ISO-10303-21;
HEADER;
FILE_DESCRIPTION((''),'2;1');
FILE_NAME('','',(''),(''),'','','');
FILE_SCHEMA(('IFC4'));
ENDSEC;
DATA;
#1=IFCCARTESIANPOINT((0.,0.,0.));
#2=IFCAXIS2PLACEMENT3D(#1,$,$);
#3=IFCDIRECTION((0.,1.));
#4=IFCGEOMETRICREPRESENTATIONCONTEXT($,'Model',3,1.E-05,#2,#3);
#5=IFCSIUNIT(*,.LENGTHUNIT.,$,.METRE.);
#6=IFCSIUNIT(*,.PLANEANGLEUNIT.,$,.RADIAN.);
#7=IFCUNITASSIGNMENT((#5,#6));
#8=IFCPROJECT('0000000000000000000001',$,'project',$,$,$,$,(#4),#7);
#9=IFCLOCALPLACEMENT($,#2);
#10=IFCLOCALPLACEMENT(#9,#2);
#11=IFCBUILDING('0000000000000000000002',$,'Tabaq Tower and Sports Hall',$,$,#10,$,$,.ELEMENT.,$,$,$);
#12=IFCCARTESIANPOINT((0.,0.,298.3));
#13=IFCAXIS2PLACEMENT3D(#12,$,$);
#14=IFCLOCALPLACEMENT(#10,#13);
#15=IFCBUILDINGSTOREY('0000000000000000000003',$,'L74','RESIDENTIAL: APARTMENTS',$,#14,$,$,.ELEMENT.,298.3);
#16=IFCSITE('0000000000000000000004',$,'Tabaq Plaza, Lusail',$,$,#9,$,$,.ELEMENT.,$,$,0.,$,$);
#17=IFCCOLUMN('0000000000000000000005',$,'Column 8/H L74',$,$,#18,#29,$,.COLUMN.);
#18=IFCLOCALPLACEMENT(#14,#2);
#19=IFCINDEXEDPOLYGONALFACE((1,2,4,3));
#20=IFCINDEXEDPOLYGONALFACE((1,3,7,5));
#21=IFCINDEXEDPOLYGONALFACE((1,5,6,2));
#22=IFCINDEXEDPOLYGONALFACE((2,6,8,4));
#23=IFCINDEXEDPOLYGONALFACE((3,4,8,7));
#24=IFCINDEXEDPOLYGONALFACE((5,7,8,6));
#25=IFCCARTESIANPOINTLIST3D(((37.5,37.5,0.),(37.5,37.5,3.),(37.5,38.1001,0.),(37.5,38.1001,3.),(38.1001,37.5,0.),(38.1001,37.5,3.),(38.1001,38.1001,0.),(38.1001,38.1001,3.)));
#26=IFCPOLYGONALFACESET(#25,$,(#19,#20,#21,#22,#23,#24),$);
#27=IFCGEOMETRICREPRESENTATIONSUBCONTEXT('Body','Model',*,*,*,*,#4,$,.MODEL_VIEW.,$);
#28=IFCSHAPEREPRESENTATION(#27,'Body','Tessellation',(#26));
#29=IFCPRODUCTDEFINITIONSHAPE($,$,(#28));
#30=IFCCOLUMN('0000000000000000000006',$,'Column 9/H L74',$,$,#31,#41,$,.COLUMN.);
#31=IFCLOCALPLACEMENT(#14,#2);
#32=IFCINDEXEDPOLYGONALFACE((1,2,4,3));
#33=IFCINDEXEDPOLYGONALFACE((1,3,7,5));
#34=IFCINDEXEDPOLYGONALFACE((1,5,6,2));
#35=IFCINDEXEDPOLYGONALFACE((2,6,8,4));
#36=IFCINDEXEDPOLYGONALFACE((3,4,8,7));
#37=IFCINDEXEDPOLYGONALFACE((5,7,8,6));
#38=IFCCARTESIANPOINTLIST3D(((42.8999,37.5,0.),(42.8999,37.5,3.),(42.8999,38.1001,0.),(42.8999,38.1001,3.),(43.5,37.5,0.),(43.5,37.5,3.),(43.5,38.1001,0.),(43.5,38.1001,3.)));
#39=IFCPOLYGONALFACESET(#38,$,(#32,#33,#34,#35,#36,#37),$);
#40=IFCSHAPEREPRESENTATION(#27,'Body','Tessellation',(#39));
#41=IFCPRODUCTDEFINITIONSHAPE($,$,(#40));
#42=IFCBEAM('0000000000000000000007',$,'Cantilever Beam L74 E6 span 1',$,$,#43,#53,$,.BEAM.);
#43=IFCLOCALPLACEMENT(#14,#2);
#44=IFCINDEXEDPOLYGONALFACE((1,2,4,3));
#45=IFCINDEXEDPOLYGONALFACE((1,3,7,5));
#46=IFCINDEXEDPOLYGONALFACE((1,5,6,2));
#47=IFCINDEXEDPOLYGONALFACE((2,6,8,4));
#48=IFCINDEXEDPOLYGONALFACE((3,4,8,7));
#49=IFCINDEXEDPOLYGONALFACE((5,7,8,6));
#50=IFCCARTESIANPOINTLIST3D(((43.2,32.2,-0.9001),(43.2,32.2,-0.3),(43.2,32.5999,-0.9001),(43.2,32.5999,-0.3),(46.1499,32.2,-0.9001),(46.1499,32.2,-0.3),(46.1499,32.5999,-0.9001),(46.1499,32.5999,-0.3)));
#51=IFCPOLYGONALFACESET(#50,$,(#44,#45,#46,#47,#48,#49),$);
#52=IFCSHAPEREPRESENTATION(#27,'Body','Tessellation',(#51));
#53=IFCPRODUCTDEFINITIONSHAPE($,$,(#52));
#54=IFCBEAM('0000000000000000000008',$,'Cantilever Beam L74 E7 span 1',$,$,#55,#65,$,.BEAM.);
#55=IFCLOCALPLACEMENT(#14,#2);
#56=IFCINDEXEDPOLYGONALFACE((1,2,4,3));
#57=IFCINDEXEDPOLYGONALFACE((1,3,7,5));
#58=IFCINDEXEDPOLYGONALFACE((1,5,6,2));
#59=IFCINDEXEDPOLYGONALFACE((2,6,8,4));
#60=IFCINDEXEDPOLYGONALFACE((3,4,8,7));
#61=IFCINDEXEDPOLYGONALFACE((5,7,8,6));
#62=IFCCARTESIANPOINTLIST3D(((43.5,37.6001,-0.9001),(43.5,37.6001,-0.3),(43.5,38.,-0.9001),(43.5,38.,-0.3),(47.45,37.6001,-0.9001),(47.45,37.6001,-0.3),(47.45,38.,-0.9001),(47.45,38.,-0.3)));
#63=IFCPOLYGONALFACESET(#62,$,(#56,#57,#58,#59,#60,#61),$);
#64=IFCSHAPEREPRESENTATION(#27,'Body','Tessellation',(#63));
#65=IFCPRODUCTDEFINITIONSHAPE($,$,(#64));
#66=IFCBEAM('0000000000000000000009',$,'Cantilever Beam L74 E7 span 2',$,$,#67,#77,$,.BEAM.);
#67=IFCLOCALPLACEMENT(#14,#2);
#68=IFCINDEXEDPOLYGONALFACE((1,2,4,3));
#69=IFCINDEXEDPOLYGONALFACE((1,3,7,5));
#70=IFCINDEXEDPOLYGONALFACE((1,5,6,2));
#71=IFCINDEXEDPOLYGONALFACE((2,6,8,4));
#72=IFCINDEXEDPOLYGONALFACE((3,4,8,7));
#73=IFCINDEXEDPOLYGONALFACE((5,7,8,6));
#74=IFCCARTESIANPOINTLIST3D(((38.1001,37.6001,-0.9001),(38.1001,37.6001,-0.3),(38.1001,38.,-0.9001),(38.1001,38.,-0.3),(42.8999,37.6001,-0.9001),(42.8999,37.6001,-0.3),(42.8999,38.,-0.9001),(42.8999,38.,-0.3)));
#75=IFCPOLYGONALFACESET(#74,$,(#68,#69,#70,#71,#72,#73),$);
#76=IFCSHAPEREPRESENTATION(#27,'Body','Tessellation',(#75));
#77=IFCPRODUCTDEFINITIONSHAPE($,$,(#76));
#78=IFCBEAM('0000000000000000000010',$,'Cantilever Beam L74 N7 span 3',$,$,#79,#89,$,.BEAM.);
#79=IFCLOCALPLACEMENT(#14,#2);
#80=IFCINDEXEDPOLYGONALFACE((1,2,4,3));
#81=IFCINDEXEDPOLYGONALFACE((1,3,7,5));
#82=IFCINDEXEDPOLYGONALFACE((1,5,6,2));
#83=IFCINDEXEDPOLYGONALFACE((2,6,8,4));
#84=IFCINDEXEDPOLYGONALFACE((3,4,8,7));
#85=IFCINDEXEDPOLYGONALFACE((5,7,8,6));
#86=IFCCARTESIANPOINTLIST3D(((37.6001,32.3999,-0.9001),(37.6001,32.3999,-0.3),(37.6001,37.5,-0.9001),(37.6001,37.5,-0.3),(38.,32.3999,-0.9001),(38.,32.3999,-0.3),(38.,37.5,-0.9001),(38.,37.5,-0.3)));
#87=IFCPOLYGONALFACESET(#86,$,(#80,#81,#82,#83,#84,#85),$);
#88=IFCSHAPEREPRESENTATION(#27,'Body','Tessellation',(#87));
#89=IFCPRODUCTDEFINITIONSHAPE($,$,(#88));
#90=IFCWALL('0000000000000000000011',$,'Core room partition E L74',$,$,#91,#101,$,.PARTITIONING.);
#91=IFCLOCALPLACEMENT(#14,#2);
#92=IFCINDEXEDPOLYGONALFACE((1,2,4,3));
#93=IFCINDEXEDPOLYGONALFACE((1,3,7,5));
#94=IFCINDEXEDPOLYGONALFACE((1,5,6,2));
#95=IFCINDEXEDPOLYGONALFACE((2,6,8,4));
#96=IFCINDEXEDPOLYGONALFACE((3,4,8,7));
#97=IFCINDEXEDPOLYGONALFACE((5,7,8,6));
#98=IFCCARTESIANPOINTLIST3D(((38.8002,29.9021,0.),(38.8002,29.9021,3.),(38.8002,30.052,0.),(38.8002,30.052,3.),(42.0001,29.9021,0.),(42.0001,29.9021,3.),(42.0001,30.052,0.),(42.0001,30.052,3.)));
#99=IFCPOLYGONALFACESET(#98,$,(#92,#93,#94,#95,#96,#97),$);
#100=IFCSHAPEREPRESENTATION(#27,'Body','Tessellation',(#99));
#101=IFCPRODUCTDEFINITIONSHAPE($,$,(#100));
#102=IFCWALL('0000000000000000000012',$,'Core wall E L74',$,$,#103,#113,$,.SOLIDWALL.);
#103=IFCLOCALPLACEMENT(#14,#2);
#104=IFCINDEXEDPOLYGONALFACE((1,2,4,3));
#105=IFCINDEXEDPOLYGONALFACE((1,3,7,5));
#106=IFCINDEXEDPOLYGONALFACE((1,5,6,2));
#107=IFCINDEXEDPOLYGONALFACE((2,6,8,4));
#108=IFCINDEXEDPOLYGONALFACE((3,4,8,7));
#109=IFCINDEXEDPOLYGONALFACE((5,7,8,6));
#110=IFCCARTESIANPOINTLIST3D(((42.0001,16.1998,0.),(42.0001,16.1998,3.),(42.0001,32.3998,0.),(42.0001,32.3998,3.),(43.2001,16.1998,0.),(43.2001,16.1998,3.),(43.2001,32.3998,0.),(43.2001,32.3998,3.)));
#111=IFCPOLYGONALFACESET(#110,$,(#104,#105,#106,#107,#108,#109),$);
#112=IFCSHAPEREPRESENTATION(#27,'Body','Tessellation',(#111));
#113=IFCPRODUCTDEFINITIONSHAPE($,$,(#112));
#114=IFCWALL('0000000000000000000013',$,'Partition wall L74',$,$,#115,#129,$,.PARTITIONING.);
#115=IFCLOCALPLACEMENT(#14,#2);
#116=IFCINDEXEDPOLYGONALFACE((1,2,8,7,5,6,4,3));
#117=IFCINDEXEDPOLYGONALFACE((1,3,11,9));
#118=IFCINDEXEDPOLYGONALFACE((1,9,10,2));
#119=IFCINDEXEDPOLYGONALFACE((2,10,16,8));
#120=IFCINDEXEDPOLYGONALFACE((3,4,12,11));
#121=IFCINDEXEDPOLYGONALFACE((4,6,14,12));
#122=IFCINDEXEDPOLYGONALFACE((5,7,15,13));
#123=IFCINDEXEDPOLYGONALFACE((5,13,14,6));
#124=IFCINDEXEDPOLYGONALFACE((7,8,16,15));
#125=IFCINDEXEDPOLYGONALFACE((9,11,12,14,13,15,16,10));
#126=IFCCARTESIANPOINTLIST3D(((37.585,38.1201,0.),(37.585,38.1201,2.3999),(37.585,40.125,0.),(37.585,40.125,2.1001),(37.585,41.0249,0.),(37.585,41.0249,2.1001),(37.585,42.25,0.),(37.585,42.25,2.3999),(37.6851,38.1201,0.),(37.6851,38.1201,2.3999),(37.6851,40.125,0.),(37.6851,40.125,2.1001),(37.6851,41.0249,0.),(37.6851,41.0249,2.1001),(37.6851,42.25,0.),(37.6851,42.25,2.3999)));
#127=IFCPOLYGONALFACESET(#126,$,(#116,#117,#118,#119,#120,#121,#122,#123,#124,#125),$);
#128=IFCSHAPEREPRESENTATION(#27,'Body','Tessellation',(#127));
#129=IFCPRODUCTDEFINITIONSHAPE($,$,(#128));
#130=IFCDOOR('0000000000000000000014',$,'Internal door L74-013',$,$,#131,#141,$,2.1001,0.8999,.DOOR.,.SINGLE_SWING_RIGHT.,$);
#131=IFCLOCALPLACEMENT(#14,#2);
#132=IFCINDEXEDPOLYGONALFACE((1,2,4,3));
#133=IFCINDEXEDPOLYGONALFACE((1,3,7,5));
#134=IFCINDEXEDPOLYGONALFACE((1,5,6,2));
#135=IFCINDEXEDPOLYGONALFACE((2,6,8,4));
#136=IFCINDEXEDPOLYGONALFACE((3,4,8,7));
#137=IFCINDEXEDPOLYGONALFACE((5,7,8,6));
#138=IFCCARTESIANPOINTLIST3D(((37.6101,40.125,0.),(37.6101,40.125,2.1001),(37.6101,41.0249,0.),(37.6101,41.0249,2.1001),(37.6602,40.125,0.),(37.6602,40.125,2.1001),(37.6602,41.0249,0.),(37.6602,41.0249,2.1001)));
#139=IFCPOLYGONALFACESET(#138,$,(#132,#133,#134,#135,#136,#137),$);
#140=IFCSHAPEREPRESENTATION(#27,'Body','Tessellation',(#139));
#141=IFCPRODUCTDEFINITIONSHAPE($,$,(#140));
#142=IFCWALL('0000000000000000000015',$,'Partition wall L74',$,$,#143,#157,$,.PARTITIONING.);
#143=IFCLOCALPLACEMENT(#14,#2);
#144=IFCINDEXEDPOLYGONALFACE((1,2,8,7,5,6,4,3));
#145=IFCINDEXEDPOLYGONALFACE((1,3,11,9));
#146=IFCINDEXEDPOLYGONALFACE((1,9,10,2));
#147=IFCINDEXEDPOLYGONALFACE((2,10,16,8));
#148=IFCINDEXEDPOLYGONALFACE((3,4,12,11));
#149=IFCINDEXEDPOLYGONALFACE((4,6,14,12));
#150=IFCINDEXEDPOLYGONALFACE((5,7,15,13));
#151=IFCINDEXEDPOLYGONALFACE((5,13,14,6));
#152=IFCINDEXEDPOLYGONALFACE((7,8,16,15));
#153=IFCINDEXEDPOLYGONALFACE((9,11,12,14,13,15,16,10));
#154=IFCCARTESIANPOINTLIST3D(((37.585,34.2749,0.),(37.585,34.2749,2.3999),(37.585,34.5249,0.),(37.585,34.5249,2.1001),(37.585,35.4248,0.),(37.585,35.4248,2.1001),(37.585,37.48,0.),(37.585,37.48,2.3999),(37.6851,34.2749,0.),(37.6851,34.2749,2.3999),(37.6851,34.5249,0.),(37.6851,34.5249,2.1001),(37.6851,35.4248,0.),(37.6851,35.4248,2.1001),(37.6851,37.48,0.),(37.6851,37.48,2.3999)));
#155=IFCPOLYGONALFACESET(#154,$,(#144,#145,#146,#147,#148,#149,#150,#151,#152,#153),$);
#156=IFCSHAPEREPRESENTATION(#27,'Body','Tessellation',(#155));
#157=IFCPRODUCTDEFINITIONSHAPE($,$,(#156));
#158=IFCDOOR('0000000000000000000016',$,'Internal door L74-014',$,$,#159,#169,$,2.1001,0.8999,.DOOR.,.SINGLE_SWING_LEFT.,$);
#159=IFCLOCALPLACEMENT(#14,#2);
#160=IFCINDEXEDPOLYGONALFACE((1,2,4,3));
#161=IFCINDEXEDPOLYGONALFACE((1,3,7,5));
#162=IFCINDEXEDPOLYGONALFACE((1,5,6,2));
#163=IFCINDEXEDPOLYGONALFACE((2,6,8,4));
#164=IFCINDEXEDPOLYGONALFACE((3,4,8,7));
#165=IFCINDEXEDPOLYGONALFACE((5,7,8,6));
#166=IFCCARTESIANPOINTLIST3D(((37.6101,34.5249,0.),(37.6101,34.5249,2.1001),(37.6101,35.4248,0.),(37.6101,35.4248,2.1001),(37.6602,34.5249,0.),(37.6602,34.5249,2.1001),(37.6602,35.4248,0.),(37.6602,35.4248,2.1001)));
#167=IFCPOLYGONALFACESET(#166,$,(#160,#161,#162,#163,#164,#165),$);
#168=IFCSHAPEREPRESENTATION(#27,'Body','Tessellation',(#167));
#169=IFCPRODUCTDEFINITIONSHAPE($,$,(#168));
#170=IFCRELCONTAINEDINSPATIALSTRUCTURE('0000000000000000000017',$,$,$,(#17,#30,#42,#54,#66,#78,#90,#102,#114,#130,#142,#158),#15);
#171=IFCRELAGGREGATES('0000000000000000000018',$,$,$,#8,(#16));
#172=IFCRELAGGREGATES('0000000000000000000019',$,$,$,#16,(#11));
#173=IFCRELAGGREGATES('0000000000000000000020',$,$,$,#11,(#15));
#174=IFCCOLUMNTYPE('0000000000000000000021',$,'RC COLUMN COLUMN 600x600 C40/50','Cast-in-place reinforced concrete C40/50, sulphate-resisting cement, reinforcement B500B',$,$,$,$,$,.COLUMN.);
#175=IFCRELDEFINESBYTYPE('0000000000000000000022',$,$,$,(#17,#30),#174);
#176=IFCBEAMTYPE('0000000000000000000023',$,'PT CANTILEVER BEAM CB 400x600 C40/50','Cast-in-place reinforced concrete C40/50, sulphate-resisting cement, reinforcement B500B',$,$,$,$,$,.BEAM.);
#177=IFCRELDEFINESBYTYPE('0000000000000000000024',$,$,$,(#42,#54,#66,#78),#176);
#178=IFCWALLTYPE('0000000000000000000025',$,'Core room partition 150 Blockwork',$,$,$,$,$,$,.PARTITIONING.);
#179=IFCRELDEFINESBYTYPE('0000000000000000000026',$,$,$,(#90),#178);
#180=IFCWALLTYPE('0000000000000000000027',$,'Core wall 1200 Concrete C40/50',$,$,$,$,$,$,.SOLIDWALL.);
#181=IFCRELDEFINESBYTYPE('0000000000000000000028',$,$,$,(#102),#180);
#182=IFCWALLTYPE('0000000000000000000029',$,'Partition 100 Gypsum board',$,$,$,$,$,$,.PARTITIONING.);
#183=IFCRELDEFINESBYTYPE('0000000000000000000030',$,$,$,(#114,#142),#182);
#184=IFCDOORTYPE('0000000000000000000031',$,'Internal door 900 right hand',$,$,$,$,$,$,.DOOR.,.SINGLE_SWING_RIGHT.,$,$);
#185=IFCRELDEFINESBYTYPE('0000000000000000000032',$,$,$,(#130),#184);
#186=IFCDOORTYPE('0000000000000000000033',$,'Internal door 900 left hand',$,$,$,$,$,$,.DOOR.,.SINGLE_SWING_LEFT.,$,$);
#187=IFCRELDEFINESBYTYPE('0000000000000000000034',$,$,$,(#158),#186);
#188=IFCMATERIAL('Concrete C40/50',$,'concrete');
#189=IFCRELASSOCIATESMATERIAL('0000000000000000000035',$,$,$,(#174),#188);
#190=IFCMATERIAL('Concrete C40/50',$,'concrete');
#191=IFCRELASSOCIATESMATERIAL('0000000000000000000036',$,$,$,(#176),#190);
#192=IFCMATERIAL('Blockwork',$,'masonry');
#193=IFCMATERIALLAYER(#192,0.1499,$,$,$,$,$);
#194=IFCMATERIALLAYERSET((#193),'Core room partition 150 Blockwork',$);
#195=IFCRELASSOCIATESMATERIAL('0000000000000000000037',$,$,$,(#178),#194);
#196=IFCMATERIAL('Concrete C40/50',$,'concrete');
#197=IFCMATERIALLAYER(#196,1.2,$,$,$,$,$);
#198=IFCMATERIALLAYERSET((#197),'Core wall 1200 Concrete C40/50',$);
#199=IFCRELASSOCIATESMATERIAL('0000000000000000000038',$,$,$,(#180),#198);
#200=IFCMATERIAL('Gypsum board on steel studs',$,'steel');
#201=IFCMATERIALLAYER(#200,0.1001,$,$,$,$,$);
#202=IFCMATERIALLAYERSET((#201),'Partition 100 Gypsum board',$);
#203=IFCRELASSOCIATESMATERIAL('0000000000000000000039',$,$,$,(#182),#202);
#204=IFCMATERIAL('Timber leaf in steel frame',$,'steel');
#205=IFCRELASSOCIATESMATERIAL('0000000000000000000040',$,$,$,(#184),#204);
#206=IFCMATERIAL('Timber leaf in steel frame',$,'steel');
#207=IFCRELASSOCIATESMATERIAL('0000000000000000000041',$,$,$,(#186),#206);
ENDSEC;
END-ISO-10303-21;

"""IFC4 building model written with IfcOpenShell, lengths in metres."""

from ifc_helpers import new_model, si_unit, direction, frame, frame_2d, origin, origin_2d, place, context, subcontext, project, spatial, rectangle, extrude, material, layer, layer_set, material_profile, profile_set, type_object, element, fill, save


model = new_model("IFC4")

# Units and contexts
model_context = context("Model", 3, precision=1e-05, world=origin(), true_north=direction((0.0, 1.0)))
body_context = subcontext(model_context, "Body", "Model", "MODEL_VIEW")
ifc_project = project(units=[si_unit("LENGTHUNIT", "METRE"), si_unit("PLANEANGLEUNIT", "RADIAN")], contexts=[model_context])

# Site, building, storey
site_placement = place(None, origin())
site = spatial("IfcSite", under=ifc_project, at=site_placement, Name="Tabaq Plaza, Lusail", CompositionType="ELEMENT", RefElevation=0.0)
building_placement = place(site_placement, origin())
building = spatial("IfcBuilding", under=site, at=building_placement, Name="Tabaq Tower and Sports Hall", CompositionType="ELEMENT")
storey_placement = place(building_placement, frame((0.0, 0.0, 298.3)))
storey = spatial("IfcBuildingStorey", under=building, at=storey_placement, Name="L74", Description="RESIDENTIAL: APARTMENTS", CompositionType="ELEMENT", Elevation=298.3)

# Columns
ifc_material_1 = material(Name="Concrete C40/50", Category="concrete")
ifc_material_profile_1 = material_profile(ifc_material_1, rectangle(XDim=0.6001, YDim=0.6001, at=origin_2d()), Name="COLUMN 600x600")
ifc_profile_set_1 = profile_set([ifc_material_profile_1], Name="Concrete C40/50")
column_type = type_object("IfcColumnType", Name="RC COLUMN COLUMN 600x600 C40/50", Description="Cast-in-place reinforced concrete C40/50, sulphate-resisting cement, reinforcement B500B", PredefinedType="COLUMN", material=ifc_profile_set_1)
for number, where, z_axis, x_axis, name in (
    (1, (37.8, 37.8, 0.0), (0.0, 0.0, 1.0), (1.0, 0.0, 0.0), "Column 8/H L74"),
    (2, (43.2, 37.8, 0.0), (0.0, 0.0, 1.0), (1.0, 0.0, 0.0), "Column 9/H L74"),
):
    element("IfcColumn", number, at=place(storey_placement, frame(where, z_axis=z_axis, x_axis=x_axis)), inside=storey, type_object=column_type, Name=name, PredefinedType="COLUMN", context=body_context, shape_type="SweptSolid", body=[
        extrude(rectangle(XDim=0.6001, YDim=0.6001, at=origin_2d()), origin(), (0.0, 0.0, 1.0), 3.0),
    ])

# Beams
ifc_material_2 = material(Name="Concrete C40/50", Category="concrete")
ifc_material_profile_2 = material_profile(ifc_material_2, rectangle(XDim=0.3999, YDim=0.6001, at=origin_2d()), Name="CB 400x600")
ifc_profile_set_2 = profile_set([ifc_material_profile_2], Name="Concrete C40/50")
beam_type = type_object("IfcBeamType", Name="PT CANTILEVER BEAM CB 400x600 C40/50", Description="Cast-in-place reinforced concrete C40/50, sulphate-resisting cement, reinforcement B500B", PredefinedType="BEAM", material=ifc_profile_set_2)
beam_1_placement = place(storey_placement, frame((46.1499, 32.3999, -0.6001), z_axis=(-1.0, 0.0, 0.0), x_axis=(0.0, -1.0, 0.0)))
element("IfcBeam", 3, at=beam_1_placement, inside=storey, type_object=beam_type, Name="Cantilever Beam L74 E6 span 1", PredefinedType="BEAM", context=body_context, shape_type="SweptSolid", body=[
    extrude(rectangle(XDim=0.3999, YDim=0.6001, at=origin_2d()), origin(), (0.0, 0.0, 1.0), 2.95),
])
beam_2_placement = place(storey_placement, frame((47.45, 37.8, -0.6001), z_axis=(-1.0, 0.0, 0.0), x_axis=(0.0, -1.0, 0.0)))
element("IfcBeam", 4, at=beam_2_placement, inside=storey, type_object=beam_type, Name="Cantilever Beam L74 E7 span 1", PredefinedType="BEAM", context=body_context, shape_type="SweptSolid", body=[
    extrude(rectangle(XDim=0.3999, YDim=0.6001, at=origin_2d()), origin(), (0.0, 0.0, 1.0), 3.95),
])
beam_3_placement = place(storey_placement, frame((42.8999, 37.8, -0.6001), z_axis=(-1.0, 0.0, 0.0), x_axis=(0.0, -1.0, 0.0)))
element("IfcBeam", 5, at=beam_3_placement, inside=storey, type_object=beam_type, Name="Cantilever Beam L74 E7 span 2", PredefinedType="BEAM", context=body_context, shape_type="SweptSolid", body=[
    extrude(rectangle(XDim=0.3999, YDim=0.6001, at=origin_2d()), origin(), (0.0, 0.0, 1.0), 4.7998),
])
beam_4_placement = place(storey_placement, frame((37.8, 37.5, -0.6001), z_axis=(0.0, -1.0, 0.0), x_axis=(1.0, 0.0, 0.0)))
element("IfcBeam", 6, at=beam_4_placement, inside=storey, type_object=beam_type, Name="Cantilever Beam L74 N7 span 3", PredefinedType="BEAM", context=body_context, shape_type="SweptSolid", body=[
    extrude(rectangle(XDim=0.3999, YDim=0.6001, at=origin_2d()), origin(), (0.0, 0.0, 1.0), 5.1001),
])

# Walls
ifc_material_3 = material(Name="Blockwork", Category="masonry")
ifc_layer_1 = layer(ifc_material_3, 0.1499)
ifc_layer_set_1 = layer_set([ifc_layer_1], Name="Core room partition 150 Blockwork")
wall_type_1 = type_object("IfcWallType", Name="Core room partition 150 Blockwork", PredefinedType="PARTITIONING", material=ifc_layer_set_1)
wall_1_placement = place(storey_placement, frame((38.8, 29.9771, 0.0), z_axis=(0.0, 0.0, 1.0), x_axis=(1.0, 0.0, 0.0)))
element("IfcWall", 7, at=wall_1_placement, inside=storey, type_object=wall_type_1, Name="Core room partition E L74", PredefinedType="PARTITIONING", context=body_context, shape_type="SweptSolid", body=[
    extrude(rectangle(XDim=3.2, YDim=0.1499, at=frame_2d((1.6001, 0.0))), origin(), (0.0, 0.0, 1.0), 3.0),
])
ifc_material_4 = material(Name="Concrete C40/50", Category="concrete")
ifc_layer_2 = layer(ifc_material_4, 1.2)
ifc_layer_set_2 = layer_set([ifc_layer_2], Name="Core wall 1200 Concrete C40/50")
wall_type_2 = type_object("IfcWallType", Name="Core wall 1200 Concrete C40/50", PredefinedType="SOLIDWALL", material=ifc_layer_set_2)
wall_2_placement = place(storey_placement, frame((42.6001, 32.3999, 0.0), z_axis=(0.0, 0.0, 1.0), x_axis=(0.0, -1.0, 0.0)))
element("IfcWall", 8, at=wall_2_placement, inside=storey, type_object=wall_type_2, Name="Core wall E L74", PredefinedType="SOLIDWALL", context=body_context, shape_type="SweptSolid", body=[
    extrude(rectangle(XDim=16.2, YDim=1.2, at=frame_2d((8.1001, 0.0))), origin(), (0.0, 0.0, 1.0), 3.0),
])

# Walls, openings, doors
ifc_material_5 = material(Name="Gypsum board on steel studs", Category="steel")
ifc_layer_3 = layer(ifc_material_5, 0.1001)
ifc_layer_set_3 = layer_set([ifc_layer_3], Name="Partition 100 Gypsum board")
wall_type_3 = type_object("IfcWallType", Name="Partition 100 Gypsum board", PredefinedType="PARTITIONING", material=ifc_layer_set_3)
wall_3_placement = place(storey_placement, frame((37.635, 38.1201, 0.0), z_axis=(0.0, 0.0, 1.0), x_axis=(0.0, 1.0, 0.0)))
wall_3 = element("IfcWall", 9, at=wall_3_placement, inside=storey, type_object=wall_type_3, Name="Partition wall L74", PredefinedType="PARTITIONING", context=body_context, shape_type="SweptSolid", body=[
    extrude(rectangle(XDim=4.1299, YDim=0.1001, at=frame_2d((2.0649, 0.0))), origin(), (0.0, 0.0, 1.0), 2.3999),
])
opening_1_placement = place(wall_3_placement, frame((2.0049, 0.0, 0.0)))
opening_1 = element("IfcOpeningElement", 10, at=opening_1_placement, cuts=wall_3, PredefinedType="OPENING", context=body_context, shape_type="SweptSolid", body=[
    extrude(rectangle(XDim=0.8999, YDim=2.1001, at=frame_2d((0.45, 1.05))), frame((0.0, 0.05, 0.0), z_axis=(0.0, -1.0, 0.0), x_axis=(1.0, 0.0, 0.0)), (0.0, 0.0, 1.0), 0.1001),
])
ifc_material_6 = material(Name="Timber leaf in steel frame", Category="steel")
door_type_1 = type_object("IfcDoorType", Name="Internal door 900 right hand", OperationType="SINGLE_SWING_RIGHT", PredefinedType="DOOR", material=ifc_material_6)
door_1_placement = place(opening_1_placement, origin())
door_1 = element("IfcDoor", 11, at=door_1_placement, inside=storey, type_object=door_type_1, Name="Internal door L74-013", OperationType="SINGLE_SWING_RIGHT", OverallHeight=2.1001, OverallWidth=0.8999, PredefinedType="DOOR", context=body_context, shape_type="SweptSolid", body=[
    extrude(rectangle(XDim=0.8999, YDim=2.1001, at=frame_2d((0.45, 1.05))), frame((0.0, 0.0249, 0.0), z_axis=(0.0, -1.0, 0.0), x_axis=(1.0, 0.0, 0.0)), (0.0, 0.0, 1.0), 0.05),
])
fill(opening_1, door_1)
wall_4_placement = place(storey_placement, frame((37.635, 34.2749, 0.0), z_axis=(0.0, 0.0, 1.0), x_axis=(0.0, 1.0, 0.0)))
wall_4 = element("IfcWall", 12, at=wall_4_placement, inside=storey, type_object=wall_type_3, Name="Partition wall L74", PredefinedType="PARTITIONING", context=body_context, shape_type="SweptSolid", body=[
    extrude(rectangle(XDim=3.2051, YDim=0.1001, at=frame_2d((1.6025, 0.0))), origin(), (0.0, 0.0, 1.0), 2.3999),
])
opening_2_placement = place(wall_4_placement, frame((0.25, 0.0, 0.0)))
opening_2 = element("IfcOpeningElement", 13, at=opening_2_placement, cuts=wall_4, PredefinedType="OPENING", context=body_context, shape_type="SweptSolid", body=[
    extrude(rectangle(XDim=0.8999, YDim=2.1001, at=frame_2d((0.45, 1.05))), frame((0.0, 0.05, 0.0), z_axis=(0.0, -1.0, 0.0), x_axis=(1.0, 0.0, 0.0)), (0.0, 0.0, 1.0), 0.1001),
])
ifc_material_7 = material(Name="Timber leaf in steel frame", Category="steel")
door_type_2 = type_object("IfcDoorType", Name="Internal door 900 left hand", OperationType="SINGLE_SWING_LEFT", PredefinedType="DOOR", material=ifc_material_7)
door_2_placement = place(opening_2_placement, origin())
door_2 = element("IfcDoor", 14, at=door_2_placement, inside=storey, type_object=door_type_2, Name="Internal door L74-014", OperationType="SINGLE_SWING_LEFT", OverallHeight=2.1001, OverallWidth=0.8999, PredefinedType="DOOR", context=body_context, shape_type="SweptSolid", body=[
    extrude(rectangle(XDim=0.8999, YDim=2.1001, at=frame_2d((0.45, 1.05))), frame((0.0, 0.0249, 0.0), z_axis=(0.0, -1.0, 0.0), x_axis=(1.0, 0.0, 0.0)), (0.0, 0.0, 1.0), 0.05),
])
fill(opening_2, door_2)

save(model, "model.ifc")
